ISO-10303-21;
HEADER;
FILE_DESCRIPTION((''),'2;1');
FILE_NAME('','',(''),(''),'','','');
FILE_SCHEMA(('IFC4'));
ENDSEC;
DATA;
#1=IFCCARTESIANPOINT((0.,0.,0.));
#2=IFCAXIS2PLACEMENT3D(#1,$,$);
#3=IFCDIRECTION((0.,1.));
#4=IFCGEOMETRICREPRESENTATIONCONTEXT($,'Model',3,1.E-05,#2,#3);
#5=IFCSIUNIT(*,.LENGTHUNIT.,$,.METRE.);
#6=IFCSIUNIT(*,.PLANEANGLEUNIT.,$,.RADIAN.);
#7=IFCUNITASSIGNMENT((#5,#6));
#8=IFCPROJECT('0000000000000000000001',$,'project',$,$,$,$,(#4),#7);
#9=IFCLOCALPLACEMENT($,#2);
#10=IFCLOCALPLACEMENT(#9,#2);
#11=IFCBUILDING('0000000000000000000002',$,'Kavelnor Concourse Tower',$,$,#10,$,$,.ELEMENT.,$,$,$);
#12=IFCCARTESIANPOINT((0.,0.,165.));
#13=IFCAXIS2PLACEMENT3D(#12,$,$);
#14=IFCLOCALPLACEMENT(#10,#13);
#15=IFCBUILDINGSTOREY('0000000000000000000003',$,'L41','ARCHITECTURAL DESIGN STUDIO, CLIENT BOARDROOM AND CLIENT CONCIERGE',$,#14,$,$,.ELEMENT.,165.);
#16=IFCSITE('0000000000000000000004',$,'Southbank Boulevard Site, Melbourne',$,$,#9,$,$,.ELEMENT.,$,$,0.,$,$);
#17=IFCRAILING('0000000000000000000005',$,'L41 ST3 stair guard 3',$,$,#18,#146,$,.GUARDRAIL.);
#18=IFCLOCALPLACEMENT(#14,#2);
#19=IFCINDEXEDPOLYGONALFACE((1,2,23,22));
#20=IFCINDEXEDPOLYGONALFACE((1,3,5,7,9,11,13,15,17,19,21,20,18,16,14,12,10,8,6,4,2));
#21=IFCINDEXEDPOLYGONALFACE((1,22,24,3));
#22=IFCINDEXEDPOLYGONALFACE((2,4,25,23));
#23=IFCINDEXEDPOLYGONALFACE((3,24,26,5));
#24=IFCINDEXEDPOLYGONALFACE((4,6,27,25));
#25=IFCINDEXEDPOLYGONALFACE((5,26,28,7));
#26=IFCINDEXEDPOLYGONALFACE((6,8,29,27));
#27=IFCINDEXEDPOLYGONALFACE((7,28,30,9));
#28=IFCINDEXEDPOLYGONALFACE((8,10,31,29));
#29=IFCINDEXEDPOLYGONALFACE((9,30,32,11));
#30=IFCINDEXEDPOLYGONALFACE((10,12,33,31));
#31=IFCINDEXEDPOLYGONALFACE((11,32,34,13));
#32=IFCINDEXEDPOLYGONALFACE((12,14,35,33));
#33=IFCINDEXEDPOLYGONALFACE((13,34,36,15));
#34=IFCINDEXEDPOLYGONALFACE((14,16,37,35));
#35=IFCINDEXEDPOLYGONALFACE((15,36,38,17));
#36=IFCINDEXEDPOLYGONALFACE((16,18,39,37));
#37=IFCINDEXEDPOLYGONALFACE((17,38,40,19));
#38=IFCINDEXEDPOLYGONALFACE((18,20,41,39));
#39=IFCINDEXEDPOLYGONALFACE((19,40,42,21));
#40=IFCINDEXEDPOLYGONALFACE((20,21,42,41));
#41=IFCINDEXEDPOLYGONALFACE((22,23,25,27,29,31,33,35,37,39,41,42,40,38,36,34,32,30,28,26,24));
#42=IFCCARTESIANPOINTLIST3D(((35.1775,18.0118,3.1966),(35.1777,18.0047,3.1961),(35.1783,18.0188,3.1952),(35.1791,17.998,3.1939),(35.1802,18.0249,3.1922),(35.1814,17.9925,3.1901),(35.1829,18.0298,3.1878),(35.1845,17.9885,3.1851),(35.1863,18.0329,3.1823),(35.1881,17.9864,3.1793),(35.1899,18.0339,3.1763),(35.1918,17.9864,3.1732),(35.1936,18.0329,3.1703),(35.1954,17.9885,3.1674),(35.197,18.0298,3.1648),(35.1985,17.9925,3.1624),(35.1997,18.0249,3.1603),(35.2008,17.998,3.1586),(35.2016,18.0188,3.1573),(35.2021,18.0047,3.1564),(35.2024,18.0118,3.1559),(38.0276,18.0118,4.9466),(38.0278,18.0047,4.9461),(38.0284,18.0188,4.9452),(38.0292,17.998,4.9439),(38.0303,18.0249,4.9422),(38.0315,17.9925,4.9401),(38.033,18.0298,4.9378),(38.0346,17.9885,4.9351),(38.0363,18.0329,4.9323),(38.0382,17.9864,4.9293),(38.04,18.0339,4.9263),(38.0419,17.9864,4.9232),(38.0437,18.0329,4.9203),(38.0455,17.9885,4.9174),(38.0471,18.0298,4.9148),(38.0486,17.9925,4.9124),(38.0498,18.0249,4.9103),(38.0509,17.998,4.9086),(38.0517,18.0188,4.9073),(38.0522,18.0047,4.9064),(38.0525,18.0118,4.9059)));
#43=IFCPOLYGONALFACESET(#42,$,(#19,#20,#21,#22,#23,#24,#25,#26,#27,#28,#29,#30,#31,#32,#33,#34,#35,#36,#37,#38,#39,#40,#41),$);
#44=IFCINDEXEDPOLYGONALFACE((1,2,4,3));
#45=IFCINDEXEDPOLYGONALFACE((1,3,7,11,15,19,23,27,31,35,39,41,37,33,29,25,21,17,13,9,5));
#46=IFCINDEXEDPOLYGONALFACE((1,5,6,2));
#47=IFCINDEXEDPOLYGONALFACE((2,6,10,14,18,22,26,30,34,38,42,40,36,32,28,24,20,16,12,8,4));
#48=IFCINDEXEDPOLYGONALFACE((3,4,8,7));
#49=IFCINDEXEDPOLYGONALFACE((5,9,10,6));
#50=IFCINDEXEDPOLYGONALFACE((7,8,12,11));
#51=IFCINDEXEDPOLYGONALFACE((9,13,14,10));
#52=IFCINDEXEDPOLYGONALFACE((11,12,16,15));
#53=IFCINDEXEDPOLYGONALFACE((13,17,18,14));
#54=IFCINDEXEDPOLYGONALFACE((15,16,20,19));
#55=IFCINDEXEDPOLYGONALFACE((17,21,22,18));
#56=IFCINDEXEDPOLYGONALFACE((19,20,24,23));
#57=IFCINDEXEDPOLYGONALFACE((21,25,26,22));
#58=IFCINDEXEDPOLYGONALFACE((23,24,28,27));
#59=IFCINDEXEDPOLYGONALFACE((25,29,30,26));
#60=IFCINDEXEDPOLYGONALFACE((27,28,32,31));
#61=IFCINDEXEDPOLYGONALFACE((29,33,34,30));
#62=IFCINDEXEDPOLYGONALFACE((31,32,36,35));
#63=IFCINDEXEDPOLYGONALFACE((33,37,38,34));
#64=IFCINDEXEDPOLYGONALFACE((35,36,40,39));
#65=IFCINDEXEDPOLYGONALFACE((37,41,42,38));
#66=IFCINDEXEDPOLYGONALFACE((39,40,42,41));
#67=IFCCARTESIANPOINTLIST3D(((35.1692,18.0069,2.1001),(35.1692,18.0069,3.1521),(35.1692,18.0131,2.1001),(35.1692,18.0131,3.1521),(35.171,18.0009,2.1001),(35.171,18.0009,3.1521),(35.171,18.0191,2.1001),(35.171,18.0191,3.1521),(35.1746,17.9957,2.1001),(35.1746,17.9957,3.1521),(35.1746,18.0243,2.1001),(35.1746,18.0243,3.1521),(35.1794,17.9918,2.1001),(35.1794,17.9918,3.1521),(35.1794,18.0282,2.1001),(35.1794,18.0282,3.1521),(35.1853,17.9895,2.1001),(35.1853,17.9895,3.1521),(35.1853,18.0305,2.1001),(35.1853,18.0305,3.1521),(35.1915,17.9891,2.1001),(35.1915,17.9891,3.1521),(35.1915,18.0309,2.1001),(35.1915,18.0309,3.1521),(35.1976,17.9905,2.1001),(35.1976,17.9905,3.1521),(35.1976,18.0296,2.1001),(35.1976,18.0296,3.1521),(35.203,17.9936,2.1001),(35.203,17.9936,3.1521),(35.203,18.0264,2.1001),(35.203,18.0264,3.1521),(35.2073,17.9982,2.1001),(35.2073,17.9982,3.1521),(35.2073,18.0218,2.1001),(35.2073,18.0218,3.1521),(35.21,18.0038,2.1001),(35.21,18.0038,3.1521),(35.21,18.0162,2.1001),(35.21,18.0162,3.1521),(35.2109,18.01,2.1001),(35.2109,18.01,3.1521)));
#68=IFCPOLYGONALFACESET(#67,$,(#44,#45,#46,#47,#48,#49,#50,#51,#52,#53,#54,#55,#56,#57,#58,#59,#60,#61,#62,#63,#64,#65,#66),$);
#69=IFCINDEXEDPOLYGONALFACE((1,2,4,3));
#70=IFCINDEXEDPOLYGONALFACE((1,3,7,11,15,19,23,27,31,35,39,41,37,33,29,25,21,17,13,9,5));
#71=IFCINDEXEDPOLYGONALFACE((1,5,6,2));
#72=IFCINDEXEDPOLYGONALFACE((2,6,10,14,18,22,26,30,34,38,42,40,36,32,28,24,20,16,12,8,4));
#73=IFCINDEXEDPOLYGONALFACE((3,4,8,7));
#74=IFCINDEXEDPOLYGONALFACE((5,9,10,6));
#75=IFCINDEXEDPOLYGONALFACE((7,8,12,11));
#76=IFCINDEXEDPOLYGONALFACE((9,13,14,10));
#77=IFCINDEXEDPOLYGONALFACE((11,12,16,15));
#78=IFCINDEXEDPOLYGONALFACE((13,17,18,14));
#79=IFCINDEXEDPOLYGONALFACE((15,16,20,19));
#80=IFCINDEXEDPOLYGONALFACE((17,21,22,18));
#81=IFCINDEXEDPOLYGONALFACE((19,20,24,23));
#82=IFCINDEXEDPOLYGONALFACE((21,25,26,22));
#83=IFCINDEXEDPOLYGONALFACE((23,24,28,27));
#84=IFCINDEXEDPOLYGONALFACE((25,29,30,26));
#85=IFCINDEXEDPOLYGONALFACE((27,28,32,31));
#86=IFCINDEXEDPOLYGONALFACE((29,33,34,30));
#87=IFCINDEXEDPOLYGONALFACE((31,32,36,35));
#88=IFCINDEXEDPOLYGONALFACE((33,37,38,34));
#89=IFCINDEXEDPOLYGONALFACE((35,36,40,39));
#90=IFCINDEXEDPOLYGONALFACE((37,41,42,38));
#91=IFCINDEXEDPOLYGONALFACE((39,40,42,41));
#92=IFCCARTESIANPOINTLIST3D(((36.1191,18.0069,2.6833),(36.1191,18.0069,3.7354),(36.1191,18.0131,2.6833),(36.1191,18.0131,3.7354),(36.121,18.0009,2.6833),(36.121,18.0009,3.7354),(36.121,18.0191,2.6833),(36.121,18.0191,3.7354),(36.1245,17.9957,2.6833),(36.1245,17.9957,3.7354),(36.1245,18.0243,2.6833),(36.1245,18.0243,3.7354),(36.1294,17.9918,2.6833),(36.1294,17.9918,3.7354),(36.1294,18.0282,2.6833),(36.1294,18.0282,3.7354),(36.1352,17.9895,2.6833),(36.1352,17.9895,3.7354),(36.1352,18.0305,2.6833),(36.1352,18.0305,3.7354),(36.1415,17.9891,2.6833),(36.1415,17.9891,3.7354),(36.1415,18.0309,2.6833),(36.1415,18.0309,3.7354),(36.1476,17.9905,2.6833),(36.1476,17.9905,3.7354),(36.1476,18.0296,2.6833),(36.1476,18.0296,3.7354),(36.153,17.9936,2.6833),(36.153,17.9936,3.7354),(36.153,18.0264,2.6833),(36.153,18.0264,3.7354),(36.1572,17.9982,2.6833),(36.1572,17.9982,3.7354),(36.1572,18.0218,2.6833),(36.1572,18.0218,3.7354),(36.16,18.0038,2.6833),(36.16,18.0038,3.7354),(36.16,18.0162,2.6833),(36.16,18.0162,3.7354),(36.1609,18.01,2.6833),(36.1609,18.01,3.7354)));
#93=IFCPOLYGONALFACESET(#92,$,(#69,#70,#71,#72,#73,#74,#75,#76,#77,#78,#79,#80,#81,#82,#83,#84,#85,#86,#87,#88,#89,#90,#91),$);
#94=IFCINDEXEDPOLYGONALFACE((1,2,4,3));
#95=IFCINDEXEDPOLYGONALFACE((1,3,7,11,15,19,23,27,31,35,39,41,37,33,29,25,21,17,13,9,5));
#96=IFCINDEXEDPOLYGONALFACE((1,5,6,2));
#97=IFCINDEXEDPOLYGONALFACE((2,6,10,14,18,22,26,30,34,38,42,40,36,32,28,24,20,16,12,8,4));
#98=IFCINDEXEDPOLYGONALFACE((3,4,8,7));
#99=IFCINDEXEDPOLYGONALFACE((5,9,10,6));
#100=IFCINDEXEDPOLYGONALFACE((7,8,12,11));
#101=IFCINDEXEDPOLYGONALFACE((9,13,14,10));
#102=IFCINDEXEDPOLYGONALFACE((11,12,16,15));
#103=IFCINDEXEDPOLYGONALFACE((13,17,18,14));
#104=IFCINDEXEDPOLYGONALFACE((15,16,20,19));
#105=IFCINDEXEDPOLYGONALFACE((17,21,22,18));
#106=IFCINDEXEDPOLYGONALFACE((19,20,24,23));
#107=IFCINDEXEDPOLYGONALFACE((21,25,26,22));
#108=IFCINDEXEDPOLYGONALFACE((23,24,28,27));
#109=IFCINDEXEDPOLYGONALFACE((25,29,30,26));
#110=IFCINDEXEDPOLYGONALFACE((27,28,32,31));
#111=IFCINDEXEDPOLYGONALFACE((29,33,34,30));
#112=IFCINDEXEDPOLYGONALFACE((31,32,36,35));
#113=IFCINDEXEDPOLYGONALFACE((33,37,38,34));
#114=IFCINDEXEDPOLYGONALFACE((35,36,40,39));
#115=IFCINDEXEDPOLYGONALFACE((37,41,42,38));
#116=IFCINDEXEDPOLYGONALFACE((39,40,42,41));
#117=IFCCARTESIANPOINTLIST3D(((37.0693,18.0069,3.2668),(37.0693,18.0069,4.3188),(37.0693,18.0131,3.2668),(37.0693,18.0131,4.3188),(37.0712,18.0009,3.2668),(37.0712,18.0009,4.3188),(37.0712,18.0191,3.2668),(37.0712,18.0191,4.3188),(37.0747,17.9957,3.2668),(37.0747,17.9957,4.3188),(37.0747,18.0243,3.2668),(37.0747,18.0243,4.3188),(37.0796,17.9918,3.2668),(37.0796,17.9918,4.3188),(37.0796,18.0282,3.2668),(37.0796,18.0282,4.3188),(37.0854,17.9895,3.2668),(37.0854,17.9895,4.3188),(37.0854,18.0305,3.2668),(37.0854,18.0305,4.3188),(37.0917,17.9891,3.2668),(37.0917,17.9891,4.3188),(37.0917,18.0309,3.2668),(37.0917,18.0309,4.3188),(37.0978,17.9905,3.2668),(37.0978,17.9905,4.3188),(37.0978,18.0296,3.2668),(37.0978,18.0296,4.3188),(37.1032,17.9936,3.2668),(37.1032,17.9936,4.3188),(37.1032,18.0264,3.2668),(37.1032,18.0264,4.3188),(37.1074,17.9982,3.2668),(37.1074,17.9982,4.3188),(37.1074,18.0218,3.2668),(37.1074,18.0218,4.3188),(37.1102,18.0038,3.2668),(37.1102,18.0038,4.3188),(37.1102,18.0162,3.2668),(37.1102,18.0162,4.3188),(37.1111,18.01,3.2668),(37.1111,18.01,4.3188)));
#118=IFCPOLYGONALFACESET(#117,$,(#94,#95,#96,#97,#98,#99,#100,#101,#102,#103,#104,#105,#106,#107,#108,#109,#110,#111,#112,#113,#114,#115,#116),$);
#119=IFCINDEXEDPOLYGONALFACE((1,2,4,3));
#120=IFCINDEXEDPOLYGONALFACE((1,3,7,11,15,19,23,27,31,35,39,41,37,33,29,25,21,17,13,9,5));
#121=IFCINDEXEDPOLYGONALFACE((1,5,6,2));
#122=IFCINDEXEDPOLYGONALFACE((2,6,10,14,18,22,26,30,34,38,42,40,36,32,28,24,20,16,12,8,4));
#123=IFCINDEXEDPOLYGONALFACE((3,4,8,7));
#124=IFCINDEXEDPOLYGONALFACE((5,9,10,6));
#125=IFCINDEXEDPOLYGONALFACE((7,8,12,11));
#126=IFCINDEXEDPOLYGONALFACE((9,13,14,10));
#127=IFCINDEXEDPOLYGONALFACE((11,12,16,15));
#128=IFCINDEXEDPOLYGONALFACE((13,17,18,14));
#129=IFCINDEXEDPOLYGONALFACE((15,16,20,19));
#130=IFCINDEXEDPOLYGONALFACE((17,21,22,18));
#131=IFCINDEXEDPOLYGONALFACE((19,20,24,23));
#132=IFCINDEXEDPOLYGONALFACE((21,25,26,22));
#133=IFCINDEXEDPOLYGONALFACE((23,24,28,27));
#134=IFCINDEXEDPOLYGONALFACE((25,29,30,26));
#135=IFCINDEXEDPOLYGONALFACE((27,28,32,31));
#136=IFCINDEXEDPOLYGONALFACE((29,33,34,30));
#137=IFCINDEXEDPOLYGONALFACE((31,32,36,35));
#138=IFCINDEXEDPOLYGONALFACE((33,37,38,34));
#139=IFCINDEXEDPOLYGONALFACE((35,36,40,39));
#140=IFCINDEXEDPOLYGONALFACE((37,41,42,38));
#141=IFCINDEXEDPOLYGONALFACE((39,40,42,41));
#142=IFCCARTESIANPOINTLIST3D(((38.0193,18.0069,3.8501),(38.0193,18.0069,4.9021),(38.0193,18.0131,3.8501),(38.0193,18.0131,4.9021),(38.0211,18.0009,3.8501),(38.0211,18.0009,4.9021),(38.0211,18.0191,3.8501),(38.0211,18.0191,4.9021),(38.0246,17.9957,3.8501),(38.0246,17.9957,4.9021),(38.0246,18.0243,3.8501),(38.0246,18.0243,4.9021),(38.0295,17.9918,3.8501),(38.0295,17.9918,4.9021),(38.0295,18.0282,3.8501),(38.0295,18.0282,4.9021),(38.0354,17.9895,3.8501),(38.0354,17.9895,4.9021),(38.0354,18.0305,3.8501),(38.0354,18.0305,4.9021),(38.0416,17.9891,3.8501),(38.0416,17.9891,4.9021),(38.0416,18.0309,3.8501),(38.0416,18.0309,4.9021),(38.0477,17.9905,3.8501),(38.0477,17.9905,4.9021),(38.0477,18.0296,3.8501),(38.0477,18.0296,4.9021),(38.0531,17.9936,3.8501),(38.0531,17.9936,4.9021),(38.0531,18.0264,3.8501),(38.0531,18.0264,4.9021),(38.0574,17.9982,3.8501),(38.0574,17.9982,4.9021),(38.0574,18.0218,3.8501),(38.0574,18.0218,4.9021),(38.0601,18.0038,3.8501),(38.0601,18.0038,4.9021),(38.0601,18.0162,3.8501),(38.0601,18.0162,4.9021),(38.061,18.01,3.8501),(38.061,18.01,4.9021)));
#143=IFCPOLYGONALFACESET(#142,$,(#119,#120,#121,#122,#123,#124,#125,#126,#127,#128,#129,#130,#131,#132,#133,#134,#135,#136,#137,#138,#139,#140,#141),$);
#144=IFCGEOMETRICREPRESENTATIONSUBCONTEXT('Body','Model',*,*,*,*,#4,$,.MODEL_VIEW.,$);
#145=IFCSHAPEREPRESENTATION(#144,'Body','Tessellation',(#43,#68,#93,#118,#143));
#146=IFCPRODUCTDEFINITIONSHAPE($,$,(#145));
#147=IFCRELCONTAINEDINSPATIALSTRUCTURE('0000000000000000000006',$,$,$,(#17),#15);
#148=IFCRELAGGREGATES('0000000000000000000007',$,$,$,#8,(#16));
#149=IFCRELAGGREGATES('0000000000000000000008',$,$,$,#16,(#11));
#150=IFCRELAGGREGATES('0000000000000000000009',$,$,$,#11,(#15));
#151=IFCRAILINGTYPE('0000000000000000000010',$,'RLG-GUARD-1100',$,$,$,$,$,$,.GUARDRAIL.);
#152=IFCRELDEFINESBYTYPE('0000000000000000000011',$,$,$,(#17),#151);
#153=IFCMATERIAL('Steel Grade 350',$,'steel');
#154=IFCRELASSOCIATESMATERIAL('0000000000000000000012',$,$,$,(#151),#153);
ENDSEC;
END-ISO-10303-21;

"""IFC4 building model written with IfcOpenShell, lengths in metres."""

from ifc_helpers import new_model, si_unit, direction, frame, origin, origin_2d, place, context, subcontext, project, spatial, circle, extrude, material, type_object, element, save


model = new_model("IFC4")

# Units and contexts
model_context = context("Model", 3, precision=1e-05, world=origin(), true_north=direction((0.0, 1.0)))
body_context = subcontext(model_context, "Body", "Model", "MODEL_VIEW")
ifc_project = project(units=[si_unit("LENGTHUNIT", "METRE"), si_unit("PLANEANGLEUNIT", "RADIAN")], contexts=[model_context])

# Site, building, storey
site_placement = place(None, origin())
site = spatial("IfcSite", under=ifc_project, at=site_placement, Name="Southbank Boulevard Site, Melbourne", CompositionType="ELEMENT", RefElevation=0.0)
building_placement = place(site_placement, origin())
building = spatial("IfcBuilding", under=site, at=building_placement, Name="Kavelnor Concourse Tower", CompositionType="ELEMENT")
storey_placement = place(building_placement, frame((0.0, 0.0, 165.0)))
storey = spatial("IfcBuildingStorey", under=building, at=storey_placement, Name="L41", Description="ARCHITECTURAL DESIGN STUDIO, CLIENT BOARDROOM AND CLIENT CONCIERGE", CompositionType="ELEMENT", Elevation=165.0)

# Shared definitions
ifc_material_1 = material(Name="Steel Grade 350", Category="steel")

# Railing
railing_type = type_object("IfcRailingType", Name="RLG-GUARD-1100", PredefinedType="GUARDRAIL", material=ifc_material_1)
railing_1_placement = place(storey_placement, frame((35.1899, 18.01, 2.1001)))
element("IfcRailing", 1, at=railing_1_placement, inside=storey, type_object=railing_type, Name="L41 ST3 stair guard 3", PredefinedType="GUARDRAIL", context=body_context, shape_type="SweptSolid", body=[
    extrude(circle(Radius=0.0239, at=origin_2d()), frame((0.0, 0.0, 1.0762), z_axis=(0.852179, 0.0, 0.52325), x_axis=(0.0, 1.0, 0.0)), (0.0, 0.0, 1.0), 3.3445),
    extrude(circle(Radius=0.021, at=origin_2d()), origin(), (0.0, 0.0, 1.0), 1.052),
    extrude(circle(Radius=0.021, at=origin_2d()), frame((0.95, 0.0, 0.5833)), (0.0, 0.0, 1.0), 1.052),
    extrude(circle(Radius=0.021, at=origin_2d()), frame((1.9001, 0.0, 1.1667)), (0.0, 0.0, 1.0), 1.052),
    extrude(circle(Radius=0.021, at=origin_2d()), frame((2.8501, 0.0, 1.75)), (0.0, 0.0, 1.0), 1.052),
])

save(model, "model.ifc")
